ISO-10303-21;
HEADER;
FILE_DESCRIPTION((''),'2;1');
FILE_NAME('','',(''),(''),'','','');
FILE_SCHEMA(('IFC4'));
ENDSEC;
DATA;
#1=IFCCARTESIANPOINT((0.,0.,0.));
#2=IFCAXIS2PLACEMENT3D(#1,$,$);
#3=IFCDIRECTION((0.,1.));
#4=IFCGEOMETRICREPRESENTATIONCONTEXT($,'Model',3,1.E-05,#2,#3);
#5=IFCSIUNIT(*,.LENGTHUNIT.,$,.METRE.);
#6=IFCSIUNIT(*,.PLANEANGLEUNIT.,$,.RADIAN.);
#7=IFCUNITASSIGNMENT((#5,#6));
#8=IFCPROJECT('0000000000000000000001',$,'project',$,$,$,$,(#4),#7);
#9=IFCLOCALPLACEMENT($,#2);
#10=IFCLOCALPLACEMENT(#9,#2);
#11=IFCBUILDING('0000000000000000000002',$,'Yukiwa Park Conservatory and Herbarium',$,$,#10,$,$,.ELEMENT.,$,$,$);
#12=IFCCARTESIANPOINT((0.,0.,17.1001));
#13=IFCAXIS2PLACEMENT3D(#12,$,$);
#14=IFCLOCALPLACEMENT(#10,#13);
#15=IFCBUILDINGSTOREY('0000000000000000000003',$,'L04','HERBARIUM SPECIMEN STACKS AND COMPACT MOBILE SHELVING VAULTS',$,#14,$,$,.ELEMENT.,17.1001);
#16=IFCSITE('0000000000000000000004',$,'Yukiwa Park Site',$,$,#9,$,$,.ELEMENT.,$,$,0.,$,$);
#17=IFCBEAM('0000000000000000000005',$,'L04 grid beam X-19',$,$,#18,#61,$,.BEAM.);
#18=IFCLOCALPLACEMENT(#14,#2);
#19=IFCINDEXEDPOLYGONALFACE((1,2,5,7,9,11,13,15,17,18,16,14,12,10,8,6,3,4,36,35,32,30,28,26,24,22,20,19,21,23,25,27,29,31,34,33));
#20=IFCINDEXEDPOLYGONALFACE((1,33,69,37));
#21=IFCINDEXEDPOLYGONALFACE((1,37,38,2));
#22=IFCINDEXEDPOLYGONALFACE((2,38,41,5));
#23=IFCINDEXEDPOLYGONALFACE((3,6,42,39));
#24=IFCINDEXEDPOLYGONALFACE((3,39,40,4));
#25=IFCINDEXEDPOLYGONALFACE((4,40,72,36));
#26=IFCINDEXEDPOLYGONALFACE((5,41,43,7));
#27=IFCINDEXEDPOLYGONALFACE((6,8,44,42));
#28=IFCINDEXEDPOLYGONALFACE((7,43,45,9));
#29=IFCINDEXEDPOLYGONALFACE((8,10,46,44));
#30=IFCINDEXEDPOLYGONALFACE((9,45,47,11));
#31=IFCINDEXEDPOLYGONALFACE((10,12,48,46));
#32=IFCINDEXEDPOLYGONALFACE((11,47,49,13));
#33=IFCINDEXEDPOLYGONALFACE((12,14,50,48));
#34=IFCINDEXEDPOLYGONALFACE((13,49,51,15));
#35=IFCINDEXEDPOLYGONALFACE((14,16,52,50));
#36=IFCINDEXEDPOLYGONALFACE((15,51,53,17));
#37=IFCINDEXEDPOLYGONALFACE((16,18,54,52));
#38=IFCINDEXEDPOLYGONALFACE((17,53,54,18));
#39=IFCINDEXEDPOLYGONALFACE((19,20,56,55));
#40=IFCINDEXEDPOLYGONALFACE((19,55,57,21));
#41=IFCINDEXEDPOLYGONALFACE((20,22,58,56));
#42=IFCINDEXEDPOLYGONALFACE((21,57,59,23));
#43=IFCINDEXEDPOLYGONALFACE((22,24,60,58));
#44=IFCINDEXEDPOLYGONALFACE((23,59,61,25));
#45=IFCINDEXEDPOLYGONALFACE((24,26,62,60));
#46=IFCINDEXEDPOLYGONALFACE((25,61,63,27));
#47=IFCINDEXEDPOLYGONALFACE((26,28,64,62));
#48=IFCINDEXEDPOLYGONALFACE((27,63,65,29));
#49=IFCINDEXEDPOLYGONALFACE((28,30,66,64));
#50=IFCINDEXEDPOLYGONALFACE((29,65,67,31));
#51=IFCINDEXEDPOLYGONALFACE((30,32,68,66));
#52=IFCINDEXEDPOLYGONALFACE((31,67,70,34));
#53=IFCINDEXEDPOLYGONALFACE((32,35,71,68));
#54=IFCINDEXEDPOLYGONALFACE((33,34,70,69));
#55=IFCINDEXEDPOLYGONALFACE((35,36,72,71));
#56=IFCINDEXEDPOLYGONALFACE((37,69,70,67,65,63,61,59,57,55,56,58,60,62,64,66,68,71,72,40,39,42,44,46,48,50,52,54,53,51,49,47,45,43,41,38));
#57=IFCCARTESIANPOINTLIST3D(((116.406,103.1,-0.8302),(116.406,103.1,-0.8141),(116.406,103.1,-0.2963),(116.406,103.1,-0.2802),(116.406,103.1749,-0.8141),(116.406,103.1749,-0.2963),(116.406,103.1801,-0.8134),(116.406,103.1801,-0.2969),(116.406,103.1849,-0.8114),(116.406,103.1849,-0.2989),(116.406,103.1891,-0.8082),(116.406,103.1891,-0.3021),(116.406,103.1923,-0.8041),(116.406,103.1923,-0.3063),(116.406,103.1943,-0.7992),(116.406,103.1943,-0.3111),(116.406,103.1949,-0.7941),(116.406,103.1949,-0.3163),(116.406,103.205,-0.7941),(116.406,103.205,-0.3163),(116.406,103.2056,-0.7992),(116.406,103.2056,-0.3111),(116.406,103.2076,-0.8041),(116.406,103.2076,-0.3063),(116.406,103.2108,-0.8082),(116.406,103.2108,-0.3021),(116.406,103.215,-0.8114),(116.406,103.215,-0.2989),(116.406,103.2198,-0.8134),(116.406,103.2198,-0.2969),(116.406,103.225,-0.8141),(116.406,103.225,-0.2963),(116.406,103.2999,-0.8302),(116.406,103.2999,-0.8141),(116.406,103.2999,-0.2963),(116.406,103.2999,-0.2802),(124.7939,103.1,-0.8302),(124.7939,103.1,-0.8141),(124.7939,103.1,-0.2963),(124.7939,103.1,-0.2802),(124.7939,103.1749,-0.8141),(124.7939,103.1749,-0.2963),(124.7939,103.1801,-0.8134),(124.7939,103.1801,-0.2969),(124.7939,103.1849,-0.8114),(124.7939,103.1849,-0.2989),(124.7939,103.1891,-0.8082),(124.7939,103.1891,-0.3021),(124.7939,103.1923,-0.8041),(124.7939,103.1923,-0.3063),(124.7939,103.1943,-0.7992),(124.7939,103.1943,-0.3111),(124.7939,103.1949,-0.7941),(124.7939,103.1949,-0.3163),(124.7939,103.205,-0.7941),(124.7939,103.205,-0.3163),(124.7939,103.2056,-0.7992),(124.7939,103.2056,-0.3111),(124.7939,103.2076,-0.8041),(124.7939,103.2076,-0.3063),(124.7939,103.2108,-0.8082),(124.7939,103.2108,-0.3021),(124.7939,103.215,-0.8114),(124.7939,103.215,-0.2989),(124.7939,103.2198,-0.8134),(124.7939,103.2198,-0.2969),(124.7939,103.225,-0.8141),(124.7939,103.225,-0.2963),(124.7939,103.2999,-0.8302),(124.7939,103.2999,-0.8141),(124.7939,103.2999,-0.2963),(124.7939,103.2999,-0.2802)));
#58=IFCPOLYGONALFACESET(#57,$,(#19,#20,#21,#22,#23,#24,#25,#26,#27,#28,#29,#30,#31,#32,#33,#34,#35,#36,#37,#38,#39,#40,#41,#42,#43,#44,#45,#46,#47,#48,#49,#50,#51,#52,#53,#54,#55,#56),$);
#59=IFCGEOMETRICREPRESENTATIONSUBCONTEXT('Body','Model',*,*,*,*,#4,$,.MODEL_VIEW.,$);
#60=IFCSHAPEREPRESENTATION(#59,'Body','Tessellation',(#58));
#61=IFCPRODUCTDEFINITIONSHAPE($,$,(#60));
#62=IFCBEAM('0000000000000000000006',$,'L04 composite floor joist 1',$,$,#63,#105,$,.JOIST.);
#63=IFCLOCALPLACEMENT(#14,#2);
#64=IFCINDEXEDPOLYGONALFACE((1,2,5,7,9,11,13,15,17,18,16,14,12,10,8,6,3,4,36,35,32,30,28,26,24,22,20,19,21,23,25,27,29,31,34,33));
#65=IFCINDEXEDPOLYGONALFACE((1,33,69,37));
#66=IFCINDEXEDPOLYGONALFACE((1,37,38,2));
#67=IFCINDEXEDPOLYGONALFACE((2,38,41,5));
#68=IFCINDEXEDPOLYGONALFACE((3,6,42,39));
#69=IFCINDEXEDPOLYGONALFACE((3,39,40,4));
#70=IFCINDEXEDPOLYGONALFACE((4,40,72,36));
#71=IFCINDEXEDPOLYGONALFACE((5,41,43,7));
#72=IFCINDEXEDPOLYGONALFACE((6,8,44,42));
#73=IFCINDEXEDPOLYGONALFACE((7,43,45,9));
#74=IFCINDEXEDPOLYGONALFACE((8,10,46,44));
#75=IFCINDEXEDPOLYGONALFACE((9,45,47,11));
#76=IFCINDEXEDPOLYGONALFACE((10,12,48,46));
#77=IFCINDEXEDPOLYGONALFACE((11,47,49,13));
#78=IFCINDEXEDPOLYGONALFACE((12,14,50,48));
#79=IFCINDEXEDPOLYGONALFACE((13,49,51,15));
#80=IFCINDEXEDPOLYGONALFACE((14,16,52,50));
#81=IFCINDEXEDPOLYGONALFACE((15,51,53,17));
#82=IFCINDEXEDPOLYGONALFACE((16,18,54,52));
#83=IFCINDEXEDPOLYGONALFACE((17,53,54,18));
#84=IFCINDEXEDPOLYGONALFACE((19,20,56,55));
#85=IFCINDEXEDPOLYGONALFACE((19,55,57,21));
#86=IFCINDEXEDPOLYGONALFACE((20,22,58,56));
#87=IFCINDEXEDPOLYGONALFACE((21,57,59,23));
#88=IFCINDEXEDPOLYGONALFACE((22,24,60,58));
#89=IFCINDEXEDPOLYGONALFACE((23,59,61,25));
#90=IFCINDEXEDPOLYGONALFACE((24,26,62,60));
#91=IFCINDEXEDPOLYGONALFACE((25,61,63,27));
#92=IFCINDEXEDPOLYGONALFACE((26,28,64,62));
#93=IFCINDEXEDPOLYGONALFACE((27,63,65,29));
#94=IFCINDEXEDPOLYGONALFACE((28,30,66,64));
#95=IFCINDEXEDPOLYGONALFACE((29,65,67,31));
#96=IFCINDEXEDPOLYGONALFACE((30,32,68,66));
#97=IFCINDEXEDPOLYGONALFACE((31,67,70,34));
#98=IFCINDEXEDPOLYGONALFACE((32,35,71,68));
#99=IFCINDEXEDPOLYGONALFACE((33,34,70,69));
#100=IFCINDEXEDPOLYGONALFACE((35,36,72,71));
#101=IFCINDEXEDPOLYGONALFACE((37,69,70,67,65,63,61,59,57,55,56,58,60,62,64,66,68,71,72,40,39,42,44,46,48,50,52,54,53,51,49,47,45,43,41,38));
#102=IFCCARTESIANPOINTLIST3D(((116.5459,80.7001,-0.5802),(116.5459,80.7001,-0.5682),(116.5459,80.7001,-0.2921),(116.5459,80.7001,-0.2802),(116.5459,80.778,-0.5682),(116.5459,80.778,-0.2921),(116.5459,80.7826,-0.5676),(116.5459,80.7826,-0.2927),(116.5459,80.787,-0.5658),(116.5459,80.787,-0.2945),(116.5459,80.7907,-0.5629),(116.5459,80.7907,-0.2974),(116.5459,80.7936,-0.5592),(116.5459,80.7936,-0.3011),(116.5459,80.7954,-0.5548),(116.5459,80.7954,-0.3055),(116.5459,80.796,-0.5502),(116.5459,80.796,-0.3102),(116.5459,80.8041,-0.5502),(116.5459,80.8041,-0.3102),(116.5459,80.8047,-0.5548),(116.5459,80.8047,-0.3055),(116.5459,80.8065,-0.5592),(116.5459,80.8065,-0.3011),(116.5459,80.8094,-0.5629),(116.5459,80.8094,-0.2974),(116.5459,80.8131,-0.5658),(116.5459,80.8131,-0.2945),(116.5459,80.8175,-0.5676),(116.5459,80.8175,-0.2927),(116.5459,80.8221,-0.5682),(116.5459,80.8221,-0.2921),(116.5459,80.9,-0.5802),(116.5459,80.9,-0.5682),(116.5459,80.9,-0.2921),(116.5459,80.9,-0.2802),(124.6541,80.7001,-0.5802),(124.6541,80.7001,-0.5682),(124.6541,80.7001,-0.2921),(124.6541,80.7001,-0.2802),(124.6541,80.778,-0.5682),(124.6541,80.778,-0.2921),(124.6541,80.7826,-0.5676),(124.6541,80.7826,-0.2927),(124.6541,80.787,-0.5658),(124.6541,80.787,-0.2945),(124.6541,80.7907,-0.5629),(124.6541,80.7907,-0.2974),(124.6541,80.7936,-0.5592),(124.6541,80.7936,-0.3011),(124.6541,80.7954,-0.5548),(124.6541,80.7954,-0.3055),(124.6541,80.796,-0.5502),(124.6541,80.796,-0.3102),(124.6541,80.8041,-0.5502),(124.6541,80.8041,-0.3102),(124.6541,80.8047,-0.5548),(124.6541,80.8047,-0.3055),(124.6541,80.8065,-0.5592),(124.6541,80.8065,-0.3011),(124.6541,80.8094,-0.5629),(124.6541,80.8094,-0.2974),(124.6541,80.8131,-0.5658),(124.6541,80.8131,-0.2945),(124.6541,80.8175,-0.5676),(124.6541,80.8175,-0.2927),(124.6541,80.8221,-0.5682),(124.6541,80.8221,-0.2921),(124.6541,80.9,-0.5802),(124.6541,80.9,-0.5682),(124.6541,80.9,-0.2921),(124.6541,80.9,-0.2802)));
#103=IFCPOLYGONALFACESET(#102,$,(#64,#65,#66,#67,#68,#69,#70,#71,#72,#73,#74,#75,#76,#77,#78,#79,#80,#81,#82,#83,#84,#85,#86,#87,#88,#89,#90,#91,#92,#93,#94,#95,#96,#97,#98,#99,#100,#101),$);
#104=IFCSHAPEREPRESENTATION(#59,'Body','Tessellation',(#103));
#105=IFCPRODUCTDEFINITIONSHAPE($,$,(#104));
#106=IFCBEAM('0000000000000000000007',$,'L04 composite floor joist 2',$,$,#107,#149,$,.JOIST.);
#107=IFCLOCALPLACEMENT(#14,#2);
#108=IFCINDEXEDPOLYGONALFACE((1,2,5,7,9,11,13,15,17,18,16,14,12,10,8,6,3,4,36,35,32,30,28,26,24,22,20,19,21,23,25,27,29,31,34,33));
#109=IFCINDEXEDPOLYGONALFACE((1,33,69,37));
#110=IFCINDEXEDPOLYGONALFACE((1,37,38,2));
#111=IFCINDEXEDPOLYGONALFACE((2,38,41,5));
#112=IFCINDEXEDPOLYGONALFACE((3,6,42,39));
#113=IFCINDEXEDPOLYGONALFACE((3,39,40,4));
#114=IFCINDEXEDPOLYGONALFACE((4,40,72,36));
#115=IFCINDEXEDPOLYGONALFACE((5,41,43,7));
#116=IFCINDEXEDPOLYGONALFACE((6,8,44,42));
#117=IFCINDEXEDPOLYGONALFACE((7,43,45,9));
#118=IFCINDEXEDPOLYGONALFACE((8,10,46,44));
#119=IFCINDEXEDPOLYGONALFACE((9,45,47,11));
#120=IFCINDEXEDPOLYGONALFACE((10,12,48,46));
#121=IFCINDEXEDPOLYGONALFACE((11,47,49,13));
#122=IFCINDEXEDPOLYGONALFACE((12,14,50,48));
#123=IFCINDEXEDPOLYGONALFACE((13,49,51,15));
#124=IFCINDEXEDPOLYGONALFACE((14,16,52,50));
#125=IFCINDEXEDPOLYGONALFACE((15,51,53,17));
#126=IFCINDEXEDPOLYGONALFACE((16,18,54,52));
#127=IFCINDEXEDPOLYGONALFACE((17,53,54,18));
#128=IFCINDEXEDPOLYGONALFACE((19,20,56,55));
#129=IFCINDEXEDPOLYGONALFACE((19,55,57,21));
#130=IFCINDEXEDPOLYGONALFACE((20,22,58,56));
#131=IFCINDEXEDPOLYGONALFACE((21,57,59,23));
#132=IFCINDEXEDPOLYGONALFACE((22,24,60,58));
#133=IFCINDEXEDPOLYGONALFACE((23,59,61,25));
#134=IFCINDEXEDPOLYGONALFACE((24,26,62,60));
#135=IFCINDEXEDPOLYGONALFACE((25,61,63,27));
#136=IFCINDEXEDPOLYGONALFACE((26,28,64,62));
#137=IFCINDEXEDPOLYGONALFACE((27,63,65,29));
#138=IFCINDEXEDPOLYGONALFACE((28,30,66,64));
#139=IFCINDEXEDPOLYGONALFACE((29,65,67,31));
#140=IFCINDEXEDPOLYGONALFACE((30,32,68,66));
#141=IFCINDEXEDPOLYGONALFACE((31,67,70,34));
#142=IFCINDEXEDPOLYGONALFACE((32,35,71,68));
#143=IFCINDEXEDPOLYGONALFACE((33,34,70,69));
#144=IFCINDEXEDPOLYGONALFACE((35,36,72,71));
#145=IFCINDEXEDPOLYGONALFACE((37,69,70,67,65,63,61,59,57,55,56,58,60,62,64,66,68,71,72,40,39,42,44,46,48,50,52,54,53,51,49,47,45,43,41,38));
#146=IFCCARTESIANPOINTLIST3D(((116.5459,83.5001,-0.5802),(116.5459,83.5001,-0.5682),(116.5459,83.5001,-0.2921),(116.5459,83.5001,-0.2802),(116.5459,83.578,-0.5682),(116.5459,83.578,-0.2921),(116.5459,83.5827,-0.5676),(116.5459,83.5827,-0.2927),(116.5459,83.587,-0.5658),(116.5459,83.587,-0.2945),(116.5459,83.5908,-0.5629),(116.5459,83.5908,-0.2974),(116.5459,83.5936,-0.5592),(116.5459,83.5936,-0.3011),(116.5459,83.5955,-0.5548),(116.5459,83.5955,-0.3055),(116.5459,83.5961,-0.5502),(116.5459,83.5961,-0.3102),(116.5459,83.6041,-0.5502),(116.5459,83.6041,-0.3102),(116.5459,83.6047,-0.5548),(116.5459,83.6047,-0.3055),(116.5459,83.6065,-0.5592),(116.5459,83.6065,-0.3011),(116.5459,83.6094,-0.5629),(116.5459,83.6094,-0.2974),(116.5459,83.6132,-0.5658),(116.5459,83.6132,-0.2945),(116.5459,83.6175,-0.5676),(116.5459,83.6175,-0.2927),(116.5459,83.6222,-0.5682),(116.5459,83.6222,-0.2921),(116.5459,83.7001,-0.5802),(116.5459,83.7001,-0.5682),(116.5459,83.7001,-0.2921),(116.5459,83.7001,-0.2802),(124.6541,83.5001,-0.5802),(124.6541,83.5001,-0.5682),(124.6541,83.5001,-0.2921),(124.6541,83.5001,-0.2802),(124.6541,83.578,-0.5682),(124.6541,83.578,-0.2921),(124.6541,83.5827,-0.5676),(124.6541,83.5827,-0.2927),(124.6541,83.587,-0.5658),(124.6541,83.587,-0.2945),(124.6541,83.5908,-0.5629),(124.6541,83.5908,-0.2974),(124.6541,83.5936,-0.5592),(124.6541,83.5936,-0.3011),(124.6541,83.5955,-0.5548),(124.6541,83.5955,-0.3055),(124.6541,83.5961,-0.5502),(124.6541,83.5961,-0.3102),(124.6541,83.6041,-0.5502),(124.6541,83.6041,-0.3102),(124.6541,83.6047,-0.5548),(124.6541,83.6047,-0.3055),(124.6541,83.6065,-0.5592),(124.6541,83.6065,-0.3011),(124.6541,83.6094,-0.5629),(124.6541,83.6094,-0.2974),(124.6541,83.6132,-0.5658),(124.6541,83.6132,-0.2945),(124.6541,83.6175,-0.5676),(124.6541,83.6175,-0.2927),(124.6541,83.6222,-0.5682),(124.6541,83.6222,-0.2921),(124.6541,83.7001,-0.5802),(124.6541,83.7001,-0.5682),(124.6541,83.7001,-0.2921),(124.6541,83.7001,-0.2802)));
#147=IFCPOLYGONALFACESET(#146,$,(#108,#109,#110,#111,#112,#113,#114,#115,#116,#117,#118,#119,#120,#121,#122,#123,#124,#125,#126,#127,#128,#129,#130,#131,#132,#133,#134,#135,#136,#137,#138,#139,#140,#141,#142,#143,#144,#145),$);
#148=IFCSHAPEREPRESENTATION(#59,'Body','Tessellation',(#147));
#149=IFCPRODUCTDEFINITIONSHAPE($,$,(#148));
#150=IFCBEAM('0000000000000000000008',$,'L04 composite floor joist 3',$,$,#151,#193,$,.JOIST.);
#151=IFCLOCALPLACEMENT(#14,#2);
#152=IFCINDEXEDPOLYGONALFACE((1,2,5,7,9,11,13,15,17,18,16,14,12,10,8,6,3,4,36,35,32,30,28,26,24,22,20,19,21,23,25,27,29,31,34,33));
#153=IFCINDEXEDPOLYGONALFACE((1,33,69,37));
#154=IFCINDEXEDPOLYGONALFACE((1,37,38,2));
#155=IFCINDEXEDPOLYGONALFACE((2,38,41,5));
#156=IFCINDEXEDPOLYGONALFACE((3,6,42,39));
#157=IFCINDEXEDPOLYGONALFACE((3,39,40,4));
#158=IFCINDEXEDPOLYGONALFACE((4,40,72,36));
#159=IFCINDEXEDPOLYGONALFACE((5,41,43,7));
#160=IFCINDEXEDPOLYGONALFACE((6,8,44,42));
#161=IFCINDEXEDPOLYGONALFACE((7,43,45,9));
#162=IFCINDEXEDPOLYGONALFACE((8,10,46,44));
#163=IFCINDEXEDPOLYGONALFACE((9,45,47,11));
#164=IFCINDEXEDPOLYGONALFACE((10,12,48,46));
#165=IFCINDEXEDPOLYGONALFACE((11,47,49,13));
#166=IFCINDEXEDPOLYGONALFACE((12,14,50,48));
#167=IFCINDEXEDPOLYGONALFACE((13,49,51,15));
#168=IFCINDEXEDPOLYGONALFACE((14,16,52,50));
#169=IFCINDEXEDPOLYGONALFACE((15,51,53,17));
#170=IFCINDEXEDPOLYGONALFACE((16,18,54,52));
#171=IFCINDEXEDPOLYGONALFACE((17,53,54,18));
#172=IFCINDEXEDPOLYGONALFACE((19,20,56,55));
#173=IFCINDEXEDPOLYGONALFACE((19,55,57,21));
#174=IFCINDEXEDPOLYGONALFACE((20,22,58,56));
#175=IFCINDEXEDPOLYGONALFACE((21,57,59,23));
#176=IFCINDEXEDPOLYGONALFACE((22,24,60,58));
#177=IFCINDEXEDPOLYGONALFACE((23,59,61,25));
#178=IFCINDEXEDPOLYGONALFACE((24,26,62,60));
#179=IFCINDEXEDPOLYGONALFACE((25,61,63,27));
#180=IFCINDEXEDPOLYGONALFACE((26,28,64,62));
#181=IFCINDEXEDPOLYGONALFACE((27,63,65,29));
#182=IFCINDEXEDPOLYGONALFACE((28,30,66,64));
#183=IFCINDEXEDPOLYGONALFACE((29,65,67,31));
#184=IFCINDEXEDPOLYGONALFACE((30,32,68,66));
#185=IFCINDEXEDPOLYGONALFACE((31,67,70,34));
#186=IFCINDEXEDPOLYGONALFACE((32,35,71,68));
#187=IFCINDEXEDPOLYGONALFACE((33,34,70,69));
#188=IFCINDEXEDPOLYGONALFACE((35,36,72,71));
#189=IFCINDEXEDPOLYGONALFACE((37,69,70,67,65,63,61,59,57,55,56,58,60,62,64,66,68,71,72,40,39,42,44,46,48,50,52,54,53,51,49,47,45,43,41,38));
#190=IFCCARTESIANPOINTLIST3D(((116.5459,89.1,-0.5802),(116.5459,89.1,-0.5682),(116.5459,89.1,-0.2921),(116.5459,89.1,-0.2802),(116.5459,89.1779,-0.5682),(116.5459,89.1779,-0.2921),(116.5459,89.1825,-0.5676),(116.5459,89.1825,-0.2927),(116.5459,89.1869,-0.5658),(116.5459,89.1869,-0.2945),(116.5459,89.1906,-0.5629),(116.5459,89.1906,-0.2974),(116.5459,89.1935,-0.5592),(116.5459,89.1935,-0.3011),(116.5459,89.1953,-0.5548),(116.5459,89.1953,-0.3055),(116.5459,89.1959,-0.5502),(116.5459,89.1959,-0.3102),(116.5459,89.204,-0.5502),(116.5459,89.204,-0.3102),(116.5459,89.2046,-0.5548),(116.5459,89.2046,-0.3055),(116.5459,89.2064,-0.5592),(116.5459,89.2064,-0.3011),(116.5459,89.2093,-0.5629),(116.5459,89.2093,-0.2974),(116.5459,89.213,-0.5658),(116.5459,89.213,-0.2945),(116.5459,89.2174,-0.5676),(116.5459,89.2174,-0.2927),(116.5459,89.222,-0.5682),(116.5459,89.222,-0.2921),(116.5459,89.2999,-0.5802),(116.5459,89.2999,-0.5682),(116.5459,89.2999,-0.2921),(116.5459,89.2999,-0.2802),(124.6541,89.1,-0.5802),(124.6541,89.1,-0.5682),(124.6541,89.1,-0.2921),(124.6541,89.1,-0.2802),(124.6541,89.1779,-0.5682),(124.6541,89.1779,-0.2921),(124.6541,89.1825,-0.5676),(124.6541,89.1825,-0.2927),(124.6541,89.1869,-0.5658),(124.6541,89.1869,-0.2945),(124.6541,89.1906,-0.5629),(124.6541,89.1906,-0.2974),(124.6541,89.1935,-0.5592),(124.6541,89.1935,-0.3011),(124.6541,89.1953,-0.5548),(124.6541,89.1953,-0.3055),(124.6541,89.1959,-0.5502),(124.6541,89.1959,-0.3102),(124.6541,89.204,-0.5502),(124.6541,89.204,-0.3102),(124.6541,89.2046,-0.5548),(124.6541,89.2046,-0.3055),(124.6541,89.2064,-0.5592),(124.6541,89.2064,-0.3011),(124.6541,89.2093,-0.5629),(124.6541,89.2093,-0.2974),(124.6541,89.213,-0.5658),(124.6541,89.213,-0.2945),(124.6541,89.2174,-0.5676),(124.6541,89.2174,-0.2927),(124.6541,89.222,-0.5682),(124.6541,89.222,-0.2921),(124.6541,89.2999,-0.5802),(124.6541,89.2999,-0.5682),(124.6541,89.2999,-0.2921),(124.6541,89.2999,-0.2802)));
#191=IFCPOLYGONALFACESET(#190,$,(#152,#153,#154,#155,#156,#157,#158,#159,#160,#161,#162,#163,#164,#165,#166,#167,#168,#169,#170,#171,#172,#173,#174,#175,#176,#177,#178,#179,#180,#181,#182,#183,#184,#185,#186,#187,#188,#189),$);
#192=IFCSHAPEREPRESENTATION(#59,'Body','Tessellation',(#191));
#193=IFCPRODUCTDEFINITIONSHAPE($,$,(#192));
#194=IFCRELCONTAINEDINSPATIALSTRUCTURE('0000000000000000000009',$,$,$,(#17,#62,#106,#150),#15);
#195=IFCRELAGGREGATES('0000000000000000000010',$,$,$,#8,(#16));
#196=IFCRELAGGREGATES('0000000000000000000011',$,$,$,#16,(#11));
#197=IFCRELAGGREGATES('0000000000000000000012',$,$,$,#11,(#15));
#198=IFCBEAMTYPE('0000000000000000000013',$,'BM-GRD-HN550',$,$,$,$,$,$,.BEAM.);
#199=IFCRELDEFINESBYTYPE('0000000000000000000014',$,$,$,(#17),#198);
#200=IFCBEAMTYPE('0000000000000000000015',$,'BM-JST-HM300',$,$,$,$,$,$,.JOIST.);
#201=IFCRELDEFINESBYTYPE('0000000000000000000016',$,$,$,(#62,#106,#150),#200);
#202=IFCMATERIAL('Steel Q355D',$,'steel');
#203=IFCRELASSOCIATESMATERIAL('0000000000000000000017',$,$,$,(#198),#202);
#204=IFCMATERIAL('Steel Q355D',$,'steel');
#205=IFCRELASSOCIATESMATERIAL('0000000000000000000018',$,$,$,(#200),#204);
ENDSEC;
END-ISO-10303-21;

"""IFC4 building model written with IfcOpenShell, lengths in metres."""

from ifc_helpers import new_model, si_unit, direction, frame, origin, origin_2d, place, context, subcontext, project, spatial, i_section, extrude, material, material_profile, profile_set, type_object, element, save


model = new_model("IFC4")

# Units and contexts
model_context = context("Model", 3, precision=1e-05, world=origin(), true_north=direction((0.0, 1.0)))
body_context = subcontext(model_context, "Body", "Model", "MODEL_VIEW")
ifc_project = project(units=[si_unit("LENGTHUNIT", "METRE"), si_unit("PLANEANGLEUNIT", "RADIAN")], contexts=[model_context])

# Site, building, storey
site_placement = place(None, origin())
site = spatial("IfcSite", under=ifc_project, at=site_placement, Name="Yukiwa Park Site", CompositionType="ELEMENT", RefElevation=0.0)
building_placement = place(site_placement, origin())
building = spatial("IfcBuilding", under=site, at=building_placement, Name="Yukiwa Park Conservatory and Herbarium", CompositionType="ELEMENT")
storey_placement = place(building_placement, frame((0.0, 0.0, 17.1001)))
storey = spatial("IfcBuildingStorey", under=building, at=storey_placement, Name="L04", Description="HERBARIUM SPECIMEN STACKS AND COMPACT MOBILE SHELVING VAULTS", CompositionType="ELEMENT", Elevation=17.1001)

# Beams
ifc_material_1 = material(Name="Steel Q355D", Category="steel")
ifc_material_profile_1 = material_profile(ifc_material_1, i_section(OverallWidth=0.2, OverallDepth=0.55, WebThickness=0.01, FlangeThickness=0.0161, FilletRadius=0.02, at=origin_2d()), Name="HN 550x200x10x16")
ifc_profile_set_1 = profile_set([ifc_material_profile_1], Name="Steel Q355D")
beam_type_1 = type_object("IfcBeamType", Name="BM-GRD-HN550", PredefinedType="BEAM", material=ifc_profile_set_1)
for number, where, z_axis, x_axis, name in (
    (1, (116.406, 103.2, -0.5552), (1.0, 0.0, 0.0), (0.0, 1.0, 0.0), "L04 grid beam X-19"),
):
    element("IfcBeam", number, at=place(storey_placement, frame(where, z_axis=z_axis, x_axis=x_axis)), inside=storey, type_object=beam_type_1, Name=name, PredefinedType="BEAM", context=body_context, shape_type="SweptSolid", body=[
        extrude(i_section(OverallWidth=0.2, OverallDepth=0.55, WebThickness=0.01, FlangeThickness=0.0161, FilletRadius=0.02, at=origin_2d()), origin(), (0.0, 0.0, 1.0), 8.3879),
    ])
ifc_material_2 = material(Name="Steel Q355D", Category="steel")
ifc_material_profile_2 = material_profile(ifc_material_2, i_section(OverallWidth=0.2, OverallDepth=0.3, WebThickness=0.0081, FlangeThickness=0.012, FilletRadius=0.0181, at=origin_2d()), Name="HM 300x200x8x12")
ifc_profile_set_2 = profile_set([ifc_material_profile_2], Name="Steel Q355D")
beam_type_2 = type_object("IfcBeamType", Name="BM-JST-HM300", PredefinedType="JOIST", material=ifc_profile_set_2)
for number, where, z_axis, x_axis, name in (
    (2, (116.5459, 80.8, -0.4302), (1.0, 0.0, 0.0), (0.0, 1.0, 0.0), "L04 composite floor joist 1"),
    (3, (116.5459, 83.6001, -0.4302), (1.0, 0.0, 0.0), (0.0, 1.0, 0.0), "L04 composite floor joist 2"),
    (4, (116.5459, 89.2, -0.4302), (1.0, 0.0, 0.0), (0.0, 1.0, 0.0), "L04 composite floor joist 3"),
):
    element("IfcBeam", number, at=place(storey_placement, frame(where, z_axis=z_axis, x_axis=x_axis)), inside=storey, type_object=beam_type_2, Name=name, PredefinedType="JOIST", context=body_context, shape_type="SweptSolid", body=[
        extrude(i_section(OverallWidth=0.2, OverallDepth=0.3, WebThickness=0.0081, FlangeThickness=0.012, FilletRadius=0.0181, at=origin_2d()), origin(), (0.0, 0.0, 1.0), 8.1082),
    ])

save(model, "model.ifc")
